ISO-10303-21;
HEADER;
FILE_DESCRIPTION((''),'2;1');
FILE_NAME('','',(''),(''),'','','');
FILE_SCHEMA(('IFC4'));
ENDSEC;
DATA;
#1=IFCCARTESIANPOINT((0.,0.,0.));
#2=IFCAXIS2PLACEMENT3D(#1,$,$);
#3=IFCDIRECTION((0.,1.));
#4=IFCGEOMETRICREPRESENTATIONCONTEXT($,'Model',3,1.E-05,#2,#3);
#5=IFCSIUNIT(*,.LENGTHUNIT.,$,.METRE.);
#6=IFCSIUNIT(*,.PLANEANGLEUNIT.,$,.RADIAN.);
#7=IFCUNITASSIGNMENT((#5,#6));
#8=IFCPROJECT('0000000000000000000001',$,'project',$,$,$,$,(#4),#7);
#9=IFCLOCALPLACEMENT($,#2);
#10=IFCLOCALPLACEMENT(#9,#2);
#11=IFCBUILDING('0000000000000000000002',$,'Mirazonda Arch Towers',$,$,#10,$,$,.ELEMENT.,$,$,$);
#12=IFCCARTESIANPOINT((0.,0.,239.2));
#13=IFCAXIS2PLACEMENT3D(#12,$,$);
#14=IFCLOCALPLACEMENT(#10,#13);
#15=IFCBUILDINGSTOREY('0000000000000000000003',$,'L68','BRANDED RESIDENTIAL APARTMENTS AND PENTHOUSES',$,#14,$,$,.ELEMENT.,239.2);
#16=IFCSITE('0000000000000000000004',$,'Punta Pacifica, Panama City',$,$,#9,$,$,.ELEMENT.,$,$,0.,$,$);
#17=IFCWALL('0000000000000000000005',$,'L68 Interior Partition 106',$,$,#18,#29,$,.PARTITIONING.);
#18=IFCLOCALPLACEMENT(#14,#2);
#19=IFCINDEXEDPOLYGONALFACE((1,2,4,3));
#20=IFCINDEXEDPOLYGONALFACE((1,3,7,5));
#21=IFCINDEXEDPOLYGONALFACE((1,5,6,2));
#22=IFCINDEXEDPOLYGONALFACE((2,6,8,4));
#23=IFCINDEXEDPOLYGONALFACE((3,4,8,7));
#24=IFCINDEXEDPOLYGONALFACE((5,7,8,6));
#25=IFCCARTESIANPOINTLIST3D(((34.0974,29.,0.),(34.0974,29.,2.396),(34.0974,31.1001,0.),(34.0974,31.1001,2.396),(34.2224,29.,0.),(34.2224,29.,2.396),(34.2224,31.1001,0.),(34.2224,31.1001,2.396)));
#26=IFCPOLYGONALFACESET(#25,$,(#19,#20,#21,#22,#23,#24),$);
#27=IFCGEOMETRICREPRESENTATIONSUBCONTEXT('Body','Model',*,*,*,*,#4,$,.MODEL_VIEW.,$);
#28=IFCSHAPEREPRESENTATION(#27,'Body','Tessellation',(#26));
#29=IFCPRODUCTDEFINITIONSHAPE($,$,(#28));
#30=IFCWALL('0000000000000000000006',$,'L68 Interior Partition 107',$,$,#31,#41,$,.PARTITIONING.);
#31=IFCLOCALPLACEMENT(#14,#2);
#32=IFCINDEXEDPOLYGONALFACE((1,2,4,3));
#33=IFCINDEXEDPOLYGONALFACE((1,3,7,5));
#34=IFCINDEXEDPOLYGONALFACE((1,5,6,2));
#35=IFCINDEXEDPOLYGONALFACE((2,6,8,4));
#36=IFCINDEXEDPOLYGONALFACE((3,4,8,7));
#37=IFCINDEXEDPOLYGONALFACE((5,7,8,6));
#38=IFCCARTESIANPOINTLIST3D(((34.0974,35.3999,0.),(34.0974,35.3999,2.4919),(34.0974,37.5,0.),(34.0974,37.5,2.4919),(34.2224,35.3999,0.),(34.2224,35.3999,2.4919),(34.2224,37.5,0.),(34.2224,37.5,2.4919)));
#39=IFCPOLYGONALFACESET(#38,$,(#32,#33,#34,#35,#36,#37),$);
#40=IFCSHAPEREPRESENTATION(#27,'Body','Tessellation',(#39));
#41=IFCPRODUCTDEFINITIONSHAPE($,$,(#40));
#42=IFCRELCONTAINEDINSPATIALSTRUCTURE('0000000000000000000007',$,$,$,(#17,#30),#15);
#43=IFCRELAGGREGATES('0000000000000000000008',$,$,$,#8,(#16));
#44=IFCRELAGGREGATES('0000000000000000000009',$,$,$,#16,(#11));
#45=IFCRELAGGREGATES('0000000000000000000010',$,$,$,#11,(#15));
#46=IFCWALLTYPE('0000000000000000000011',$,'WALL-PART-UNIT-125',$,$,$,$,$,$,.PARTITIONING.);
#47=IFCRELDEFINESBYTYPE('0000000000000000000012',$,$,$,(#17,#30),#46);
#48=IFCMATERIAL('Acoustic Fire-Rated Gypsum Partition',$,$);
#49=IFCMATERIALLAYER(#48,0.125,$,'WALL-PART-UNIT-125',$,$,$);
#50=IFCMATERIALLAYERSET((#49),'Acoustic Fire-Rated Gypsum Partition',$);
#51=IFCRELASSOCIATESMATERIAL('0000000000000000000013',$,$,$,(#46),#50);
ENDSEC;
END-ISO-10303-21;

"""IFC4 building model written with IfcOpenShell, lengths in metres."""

from ifc_helpers import new_model, si_unit, direction, frame, frame_2d, origin, place, context, subcontext, project, spatial, rectangle, extrude, material, layer, layer_set, type_object, element, save


model = new_model("IFC4")

# Units and contexts
model_context = context("Model", 3, precision=1e-05, world=origin(), true_north=direction((0.0, 1.0)))
body_context = subcontext(model_context, "Body", "Model", "MODEL_VIEW")
ifc_project = project(units=[si_unit("LENGTHUNIT", "METRE"), si_unit("PLANEANGLEUNIT", "RADIAN")], contexts=[model_context])

# Site, building, storey
site_placement = place(None, origin())
site = spatial("IfcSite", under=ifc_project, at=site_placement, Name="Punta Pacifica, Panama City", CompositionType="ELEMENT", RefElevation=0.0)
building_placement = place(site_placement, origin())
building = spatial("IfcBuilding", under=site, at=building_placement, Name="Mirazonda Arch Towers", CompositionType="ELEMENT")
storey_placement = place(building_placement, frame((0.0, 0.0, 239.2)))
storey = spatial("IfcBuildingStorey", under=building, at=storey_placement, Name="L68", Description="BRANDED RESIDENTIAL APARTMENTS AND PENTHOUSES", CompositionType="ELEMENT", Elevation=239.2)

# Walls
ifc_material_1 = material(Name="Acoustic Fire-Rated Gypsum Partition")
ifc_layer_1 = layer(ifc_material_1, 0.125, Name="WALL-PART-UNIT-125")
ifc_layer_set_1 = layer_set([ifc_layer_1], Name="Acoustic Fire-Rated Gypsum Partition")
wall_type_1 = type_object("IfcWallType", Name="WALL-PART-UNIT-125", PredefinedType="PARTITIONING", material=ifc_layer_set_1)
wall_1_placement = place(storey_placement, frame((34.1599, 29.0, 0.0), z_axis=(0.0, 0.0, 1.0), x_axis=(0.0, 1.0, 0.0)))
element("IfcWall", 1, at=wall_1_placement, inside=storey, type_object=wall_type_1, Name="L68 Interior Partition 106", PredefinedType="PARTITIONING", context=body_context, shape_type="SweptSolid", body=[
    extrude(rectangle(XDim=2.1001, YDim=0.125, at=frame_2d((1.05, 0.0))), origin(), (0.0, 0.0, 1.0), 2.396),
])
wall_2_placement = place(storey_placement, frame((34.1599, 35.3999, 0.0), z_axis=(0.0, 0.0, 1.0), x_axis=(0.0, 1.0, 0.0)))
element("IfcWall", 2, at=wall_2_placement, inside=storey, type_object=wall_type_1, Name="L68 Interior Partition 107", PredefinedType="PARTITIONING", context=body_context, shape_type="SweptSolid", body=[
    extrude(rectangle(XDim=2.1001, YDim=0.125, at=frame_2d((1.05, 0.0))), origin(), (0.0, 0.0, 1.0), 2.4919),
])

save(model, "model.ifc")
